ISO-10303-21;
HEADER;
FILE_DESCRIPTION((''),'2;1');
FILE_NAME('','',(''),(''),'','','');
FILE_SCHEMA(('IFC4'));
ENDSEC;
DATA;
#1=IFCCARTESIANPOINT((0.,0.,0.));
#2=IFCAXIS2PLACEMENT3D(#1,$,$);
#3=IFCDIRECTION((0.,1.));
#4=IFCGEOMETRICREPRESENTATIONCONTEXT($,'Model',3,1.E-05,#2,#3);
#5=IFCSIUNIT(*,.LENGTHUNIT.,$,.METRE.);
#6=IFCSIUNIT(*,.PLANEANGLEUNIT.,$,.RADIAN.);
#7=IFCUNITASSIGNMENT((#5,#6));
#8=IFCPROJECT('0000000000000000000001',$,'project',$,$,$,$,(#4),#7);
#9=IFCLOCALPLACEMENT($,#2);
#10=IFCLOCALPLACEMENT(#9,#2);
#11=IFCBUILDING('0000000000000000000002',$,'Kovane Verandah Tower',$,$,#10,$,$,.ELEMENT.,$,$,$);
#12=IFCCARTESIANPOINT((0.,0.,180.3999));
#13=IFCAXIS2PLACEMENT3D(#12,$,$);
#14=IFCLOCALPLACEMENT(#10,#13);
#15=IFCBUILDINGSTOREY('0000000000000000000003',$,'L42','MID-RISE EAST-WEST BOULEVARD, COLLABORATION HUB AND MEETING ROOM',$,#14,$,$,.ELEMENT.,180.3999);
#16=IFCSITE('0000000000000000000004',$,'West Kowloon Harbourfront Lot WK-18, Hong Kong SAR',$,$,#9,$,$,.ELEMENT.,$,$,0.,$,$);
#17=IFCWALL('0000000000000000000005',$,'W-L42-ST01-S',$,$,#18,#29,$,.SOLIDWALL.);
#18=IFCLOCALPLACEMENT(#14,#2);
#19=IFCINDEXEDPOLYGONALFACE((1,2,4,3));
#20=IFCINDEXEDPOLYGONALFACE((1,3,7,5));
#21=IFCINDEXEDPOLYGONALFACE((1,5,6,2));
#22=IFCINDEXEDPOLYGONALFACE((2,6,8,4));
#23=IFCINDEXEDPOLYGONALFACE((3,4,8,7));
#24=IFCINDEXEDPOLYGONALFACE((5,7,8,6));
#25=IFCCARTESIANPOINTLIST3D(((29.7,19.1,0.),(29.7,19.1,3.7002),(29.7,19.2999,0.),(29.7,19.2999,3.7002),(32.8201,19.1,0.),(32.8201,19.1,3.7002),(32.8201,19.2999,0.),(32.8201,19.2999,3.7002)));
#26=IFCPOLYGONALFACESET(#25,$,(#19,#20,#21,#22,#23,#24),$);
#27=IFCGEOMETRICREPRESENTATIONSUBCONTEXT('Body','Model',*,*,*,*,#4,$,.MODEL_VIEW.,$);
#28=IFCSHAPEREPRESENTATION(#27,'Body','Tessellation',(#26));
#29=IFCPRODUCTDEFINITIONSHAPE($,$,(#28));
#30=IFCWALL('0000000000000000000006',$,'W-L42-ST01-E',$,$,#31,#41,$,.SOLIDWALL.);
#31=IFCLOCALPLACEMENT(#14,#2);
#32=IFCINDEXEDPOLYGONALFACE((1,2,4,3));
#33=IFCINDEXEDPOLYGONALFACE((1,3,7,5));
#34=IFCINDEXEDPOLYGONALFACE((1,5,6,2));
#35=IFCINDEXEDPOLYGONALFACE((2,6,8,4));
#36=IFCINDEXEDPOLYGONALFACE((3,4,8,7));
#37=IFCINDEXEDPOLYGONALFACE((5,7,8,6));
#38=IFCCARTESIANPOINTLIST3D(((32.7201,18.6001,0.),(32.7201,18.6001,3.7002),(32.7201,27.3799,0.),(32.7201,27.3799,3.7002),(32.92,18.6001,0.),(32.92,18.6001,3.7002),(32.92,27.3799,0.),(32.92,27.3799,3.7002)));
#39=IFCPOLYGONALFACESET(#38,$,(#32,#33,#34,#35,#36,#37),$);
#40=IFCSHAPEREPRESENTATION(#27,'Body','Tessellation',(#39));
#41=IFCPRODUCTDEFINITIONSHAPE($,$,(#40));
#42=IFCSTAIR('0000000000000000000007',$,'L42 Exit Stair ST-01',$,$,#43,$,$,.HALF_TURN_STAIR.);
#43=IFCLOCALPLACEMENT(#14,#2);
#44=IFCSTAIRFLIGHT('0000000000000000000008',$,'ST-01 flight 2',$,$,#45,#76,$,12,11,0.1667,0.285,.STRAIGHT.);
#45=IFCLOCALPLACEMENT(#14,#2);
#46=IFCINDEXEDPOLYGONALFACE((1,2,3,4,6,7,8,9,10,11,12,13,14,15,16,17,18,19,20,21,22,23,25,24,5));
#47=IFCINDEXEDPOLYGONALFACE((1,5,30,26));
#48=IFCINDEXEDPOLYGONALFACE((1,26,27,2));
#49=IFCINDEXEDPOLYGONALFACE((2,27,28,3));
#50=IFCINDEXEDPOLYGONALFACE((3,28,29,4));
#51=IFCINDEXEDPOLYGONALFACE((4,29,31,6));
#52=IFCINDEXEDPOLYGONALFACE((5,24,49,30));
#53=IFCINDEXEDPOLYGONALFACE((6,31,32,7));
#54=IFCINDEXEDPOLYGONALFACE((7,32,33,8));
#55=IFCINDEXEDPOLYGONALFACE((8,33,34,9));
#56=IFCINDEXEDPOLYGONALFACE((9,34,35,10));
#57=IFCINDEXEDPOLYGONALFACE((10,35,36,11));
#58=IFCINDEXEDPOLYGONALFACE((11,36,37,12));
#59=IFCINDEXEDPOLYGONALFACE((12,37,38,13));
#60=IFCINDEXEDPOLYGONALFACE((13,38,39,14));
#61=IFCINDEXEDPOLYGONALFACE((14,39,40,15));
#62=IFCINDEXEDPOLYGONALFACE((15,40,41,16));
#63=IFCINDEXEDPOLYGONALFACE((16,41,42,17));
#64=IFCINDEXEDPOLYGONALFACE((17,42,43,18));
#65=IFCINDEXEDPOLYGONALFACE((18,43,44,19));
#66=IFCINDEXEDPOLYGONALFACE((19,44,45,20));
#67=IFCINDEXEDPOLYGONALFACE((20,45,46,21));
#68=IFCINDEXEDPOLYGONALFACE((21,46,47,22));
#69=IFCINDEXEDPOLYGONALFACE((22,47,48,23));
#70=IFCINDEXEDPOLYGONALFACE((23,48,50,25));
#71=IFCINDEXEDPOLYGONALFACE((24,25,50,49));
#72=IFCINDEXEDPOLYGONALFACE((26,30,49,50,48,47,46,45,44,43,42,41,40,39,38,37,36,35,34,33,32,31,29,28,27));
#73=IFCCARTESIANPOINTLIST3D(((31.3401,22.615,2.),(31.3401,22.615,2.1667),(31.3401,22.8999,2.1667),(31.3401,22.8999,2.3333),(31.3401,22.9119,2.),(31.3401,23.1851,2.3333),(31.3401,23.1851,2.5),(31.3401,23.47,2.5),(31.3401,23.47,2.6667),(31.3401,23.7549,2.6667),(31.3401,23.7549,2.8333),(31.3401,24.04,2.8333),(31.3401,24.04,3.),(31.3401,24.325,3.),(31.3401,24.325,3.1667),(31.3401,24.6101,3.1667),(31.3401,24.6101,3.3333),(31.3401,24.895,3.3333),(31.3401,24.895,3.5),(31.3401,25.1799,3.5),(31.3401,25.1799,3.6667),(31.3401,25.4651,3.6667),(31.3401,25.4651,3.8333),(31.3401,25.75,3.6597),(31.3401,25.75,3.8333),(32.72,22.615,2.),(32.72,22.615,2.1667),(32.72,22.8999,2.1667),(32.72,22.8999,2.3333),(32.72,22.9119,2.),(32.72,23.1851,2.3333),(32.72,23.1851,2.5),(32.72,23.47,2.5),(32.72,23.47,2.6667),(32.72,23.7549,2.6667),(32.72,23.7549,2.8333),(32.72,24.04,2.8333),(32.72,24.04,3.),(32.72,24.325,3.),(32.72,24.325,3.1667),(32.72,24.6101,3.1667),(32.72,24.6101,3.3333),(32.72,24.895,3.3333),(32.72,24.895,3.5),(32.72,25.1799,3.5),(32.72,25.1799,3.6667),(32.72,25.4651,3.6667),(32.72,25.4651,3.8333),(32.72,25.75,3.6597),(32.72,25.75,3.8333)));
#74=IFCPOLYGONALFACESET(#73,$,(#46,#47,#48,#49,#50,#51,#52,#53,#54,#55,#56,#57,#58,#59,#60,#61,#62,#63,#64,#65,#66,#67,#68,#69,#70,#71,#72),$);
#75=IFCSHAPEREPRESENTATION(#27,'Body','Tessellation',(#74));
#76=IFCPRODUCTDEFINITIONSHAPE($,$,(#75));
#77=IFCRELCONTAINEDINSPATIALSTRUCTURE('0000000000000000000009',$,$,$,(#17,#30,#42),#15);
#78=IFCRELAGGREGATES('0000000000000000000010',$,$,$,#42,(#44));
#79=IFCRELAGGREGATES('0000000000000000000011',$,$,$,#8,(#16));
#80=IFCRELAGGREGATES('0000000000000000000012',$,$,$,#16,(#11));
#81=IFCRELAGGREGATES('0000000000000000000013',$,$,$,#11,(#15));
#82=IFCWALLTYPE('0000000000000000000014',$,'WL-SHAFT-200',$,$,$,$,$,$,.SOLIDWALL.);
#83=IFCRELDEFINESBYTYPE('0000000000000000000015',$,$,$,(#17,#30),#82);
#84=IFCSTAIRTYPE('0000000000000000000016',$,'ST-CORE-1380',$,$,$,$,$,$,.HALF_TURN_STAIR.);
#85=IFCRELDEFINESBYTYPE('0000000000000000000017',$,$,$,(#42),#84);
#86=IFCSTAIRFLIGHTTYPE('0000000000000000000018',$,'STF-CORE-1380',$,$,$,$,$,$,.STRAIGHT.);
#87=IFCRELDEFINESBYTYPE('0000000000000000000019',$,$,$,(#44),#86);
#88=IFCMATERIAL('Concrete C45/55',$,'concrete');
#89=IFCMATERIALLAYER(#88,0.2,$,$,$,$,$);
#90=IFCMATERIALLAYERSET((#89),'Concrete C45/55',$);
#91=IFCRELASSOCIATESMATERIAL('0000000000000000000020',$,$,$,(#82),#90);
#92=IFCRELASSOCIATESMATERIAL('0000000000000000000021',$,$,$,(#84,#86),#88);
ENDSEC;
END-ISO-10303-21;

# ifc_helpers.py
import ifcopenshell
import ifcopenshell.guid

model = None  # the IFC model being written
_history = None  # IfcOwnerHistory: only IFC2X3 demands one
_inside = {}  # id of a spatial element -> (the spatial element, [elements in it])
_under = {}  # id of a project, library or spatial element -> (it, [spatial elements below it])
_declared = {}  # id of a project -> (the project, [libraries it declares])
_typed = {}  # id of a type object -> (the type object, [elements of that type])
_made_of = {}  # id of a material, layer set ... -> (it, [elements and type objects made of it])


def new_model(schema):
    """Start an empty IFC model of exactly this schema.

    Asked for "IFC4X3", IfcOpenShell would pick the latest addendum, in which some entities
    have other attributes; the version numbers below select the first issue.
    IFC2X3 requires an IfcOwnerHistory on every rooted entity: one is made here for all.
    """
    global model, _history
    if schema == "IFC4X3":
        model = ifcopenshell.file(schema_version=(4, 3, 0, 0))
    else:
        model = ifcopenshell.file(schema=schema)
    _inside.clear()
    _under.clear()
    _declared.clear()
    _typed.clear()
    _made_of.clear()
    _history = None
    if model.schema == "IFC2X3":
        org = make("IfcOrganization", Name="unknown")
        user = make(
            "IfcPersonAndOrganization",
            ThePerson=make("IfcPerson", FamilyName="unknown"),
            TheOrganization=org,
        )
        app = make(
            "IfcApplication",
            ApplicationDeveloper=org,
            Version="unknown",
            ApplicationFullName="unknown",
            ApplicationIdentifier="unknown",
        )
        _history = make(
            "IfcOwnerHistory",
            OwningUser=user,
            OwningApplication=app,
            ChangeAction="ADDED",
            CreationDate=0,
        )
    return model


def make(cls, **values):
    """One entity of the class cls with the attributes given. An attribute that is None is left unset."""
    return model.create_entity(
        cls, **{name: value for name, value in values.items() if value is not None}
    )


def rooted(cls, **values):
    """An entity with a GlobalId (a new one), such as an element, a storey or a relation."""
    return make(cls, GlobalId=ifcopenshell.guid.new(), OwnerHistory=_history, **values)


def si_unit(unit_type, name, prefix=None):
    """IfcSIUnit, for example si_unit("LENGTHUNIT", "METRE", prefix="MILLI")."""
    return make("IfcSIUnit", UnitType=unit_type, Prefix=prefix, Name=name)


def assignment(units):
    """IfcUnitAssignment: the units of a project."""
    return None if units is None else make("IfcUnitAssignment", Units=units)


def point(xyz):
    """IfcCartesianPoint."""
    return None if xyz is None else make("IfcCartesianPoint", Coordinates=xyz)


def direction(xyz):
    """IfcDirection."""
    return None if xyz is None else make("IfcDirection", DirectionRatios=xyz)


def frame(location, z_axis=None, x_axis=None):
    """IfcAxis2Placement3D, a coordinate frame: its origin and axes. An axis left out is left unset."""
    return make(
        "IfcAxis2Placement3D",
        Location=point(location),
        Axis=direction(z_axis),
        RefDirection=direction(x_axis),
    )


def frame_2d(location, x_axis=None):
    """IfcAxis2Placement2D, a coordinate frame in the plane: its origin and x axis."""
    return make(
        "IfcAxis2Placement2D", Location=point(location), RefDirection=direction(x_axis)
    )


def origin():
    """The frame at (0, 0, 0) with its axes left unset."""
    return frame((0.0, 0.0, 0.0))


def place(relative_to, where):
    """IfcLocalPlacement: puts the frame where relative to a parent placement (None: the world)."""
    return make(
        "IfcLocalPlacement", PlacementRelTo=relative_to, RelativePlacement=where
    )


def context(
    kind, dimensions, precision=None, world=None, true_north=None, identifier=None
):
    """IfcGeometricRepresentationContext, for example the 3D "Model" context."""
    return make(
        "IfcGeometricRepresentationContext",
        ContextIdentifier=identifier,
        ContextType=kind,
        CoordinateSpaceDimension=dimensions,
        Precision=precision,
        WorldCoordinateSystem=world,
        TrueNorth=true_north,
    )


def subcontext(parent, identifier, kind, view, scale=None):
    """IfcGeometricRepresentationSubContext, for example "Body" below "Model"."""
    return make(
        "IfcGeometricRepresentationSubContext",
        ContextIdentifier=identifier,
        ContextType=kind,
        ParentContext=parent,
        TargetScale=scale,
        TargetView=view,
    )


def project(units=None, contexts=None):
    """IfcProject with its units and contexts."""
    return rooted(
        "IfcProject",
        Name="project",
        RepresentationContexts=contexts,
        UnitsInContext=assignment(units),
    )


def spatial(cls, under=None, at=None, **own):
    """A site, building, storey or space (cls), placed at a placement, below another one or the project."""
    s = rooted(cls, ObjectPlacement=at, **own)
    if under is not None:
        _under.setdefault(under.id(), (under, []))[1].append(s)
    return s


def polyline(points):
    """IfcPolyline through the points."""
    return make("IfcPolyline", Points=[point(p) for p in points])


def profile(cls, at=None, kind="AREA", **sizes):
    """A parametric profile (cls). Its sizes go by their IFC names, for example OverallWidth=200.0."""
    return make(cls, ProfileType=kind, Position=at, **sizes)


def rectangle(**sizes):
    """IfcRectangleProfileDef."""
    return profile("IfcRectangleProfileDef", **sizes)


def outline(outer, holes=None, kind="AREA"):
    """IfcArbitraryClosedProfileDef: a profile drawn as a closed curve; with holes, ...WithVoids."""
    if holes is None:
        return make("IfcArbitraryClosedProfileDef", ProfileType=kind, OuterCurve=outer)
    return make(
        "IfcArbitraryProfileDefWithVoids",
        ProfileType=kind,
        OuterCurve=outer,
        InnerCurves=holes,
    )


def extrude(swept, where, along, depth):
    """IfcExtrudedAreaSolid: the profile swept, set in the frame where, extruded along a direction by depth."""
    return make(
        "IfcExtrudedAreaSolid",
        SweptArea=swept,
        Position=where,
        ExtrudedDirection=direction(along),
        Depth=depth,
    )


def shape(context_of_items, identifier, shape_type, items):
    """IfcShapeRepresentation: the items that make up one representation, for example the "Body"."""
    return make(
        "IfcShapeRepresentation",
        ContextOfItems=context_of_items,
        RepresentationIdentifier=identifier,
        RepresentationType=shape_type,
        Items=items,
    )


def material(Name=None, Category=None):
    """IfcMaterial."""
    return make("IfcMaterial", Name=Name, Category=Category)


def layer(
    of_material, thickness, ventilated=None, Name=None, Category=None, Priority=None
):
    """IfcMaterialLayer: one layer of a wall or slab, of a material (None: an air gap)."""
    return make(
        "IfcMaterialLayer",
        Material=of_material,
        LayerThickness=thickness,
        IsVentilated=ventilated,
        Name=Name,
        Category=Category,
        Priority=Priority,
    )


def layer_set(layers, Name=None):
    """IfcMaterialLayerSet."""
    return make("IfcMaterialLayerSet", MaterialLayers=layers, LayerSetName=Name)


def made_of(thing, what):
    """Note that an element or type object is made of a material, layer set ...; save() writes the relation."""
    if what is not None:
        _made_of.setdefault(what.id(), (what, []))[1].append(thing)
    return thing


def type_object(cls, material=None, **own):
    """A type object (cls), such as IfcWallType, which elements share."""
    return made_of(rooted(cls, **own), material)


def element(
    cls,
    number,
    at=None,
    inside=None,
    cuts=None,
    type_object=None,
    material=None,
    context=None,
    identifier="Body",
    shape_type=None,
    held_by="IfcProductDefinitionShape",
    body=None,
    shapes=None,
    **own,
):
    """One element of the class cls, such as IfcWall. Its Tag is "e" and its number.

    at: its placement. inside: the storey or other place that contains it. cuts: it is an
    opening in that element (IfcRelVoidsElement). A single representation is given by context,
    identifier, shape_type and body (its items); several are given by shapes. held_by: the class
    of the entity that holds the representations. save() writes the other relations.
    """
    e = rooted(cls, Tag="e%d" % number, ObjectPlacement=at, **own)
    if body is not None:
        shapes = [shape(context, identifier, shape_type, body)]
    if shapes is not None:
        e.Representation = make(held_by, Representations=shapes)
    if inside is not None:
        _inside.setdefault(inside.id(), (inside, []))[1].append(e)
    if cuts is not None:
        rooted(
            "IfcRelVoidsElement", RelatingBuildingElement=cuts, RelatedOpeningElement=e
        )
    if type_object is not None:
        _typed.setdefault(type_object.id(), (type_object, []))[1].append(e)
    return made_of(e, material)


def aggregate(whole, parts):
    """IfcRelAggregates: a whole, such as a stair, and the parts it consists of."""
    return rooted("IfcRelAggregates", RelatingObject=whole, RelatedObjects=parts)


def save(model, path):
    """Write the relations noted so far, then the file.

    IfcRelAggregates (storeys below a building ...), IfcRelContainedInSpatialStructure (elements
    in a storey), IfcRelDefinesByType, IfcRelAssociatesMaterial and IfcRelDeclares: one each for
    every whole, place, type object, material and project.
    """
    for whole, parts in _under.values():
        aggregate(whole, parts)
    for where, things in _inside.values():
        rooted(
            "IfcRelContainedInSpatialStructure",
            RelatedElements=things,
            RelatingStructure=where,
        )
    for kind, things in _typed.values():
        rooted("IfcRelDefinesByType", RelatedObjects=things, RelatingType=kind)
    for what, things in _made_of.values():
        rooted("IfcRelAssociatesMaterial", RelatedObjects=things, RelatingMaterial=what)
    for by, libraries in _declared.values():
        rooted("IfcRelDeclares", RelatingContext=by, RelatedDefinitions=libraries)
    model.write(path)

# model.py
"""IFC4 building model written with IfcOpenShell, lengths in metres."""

from ifc_helpers import new_model, si_unit, direction, frame, frame_2d, origin, place, context, subcontext, project, spatial, polyline, rectangle, outline, extrude, material, layer, layer_set, type_object, element, aggregate, save


model = new_model("IFC4")

# Units and contexts
model_context = context("Model", 3, precision=1e-05, world=origin(), true_north=direction((0.0, 1.0)))
body_context = subcontext(model_context, "Body", "Model", "MODEL_VIEW")
ifc_project = project(units=[si_unit("LENGTHUNIT", "METRE"), si_unit("PLANEANGLEUNIT", "RADIAN")], contexts=[model_context])

# Site, building, storey
site_placement = place(None, origin())
site = spatial("IfcSite", under=ifc_project, at=site_placement, Name="West Kowloon Harbourfront Lot WK-18, Hong Kong SAR", CompositionType="ELEMENT", RefElevation=0.0)
building_placement = place(site_placement, origin())
building = spatial("IfcBuilding", under=site, at=building_placement, Name="Kovane Verandah Tower", CompositionType="ELEMENT")
storey_placement = place(building_placement, frame((0.0, 0.0, 180.3999)))
storey = spatial("IfcBuildingStorey", under=building, at=storey_placement, Name="L42", Description="MID-RISE EAST-WEST BOULEVARD, COLLABORATION HUB AND MEETING ROOM", CompositionType="ELEMENT", Elevation=180.3999)

# Walls
ifc_material_1 = material(Name="Concrete C45/55", Category="concrete")
ifc_layer_1 = layer(ifc_material_1, 0.2)
ifc_layer_set_1 = layer_set([ifc_layer_1], Name="Concrete C45/55")
wall_type_1 = type_object("IfcWallType", Name="WL-SHAFT-200", PredefinedType="SOLIDWALL", material=ifc_layer_set_1)
wall_1_placement = place(storey_placement, frame((29.7, 19.2, 0.0), z_axis=(0.0, 0.0, 1.0), x_axis=(1.0, 0.0, 0.0)))
element("IfcWall", 1, at=wall_1_placement, inside=storey, type_object=wall_type_1, Name="W-L42-ST01-S", PredefinedType="SOLIDWALL", context=body_context, shape_type="SweptSolid", body=[
    extrude(rectangle(XDim=3.1201, YDim=0.2, at=frame_2d((1.5601, 0.0))), origin(), (0.0, 0.0, 1.0), 3.7002),
])
wall_2_placement = place(storey_placement, frame((32.8201, 18.6001, 0.0), z_axis=(0.0, 0.0, 1.0), x_axis=(0.0, 1.0, 0.0)))
element("IfcWall", 2, at=wall_2_placement, inside=storey, type_object=wall_type_1, Name="W-L42-ST01-E", PredefinedType="SOLIDWALL", context=body_context, shape_type="SweptSolid", body=[
    extrude(rectangle(XDim=8.7798, YDim=0.2, at=frame_2d((4.3899, 0.0))), origin(), (0.0, 0.0, 1.0), 3.7002),
])

# Stair, stair flight
stair_type = type_object("IfcStairType", Name="ST-CORE-1380", PredefinedType="HALF_TURN_STAIR", material=ifc_material_1)
stair_placement = place(storey_placement, origin())
stair = element("IfcStair", 3, at=stair_placement, inside=storey, type_object=stair_type, Name="L42 Exit Stair ST-01", PredefinedType="HALF_TURN_STAIR")
stair_flight_type = type_object("IfcStairFlightType", Name="STF-CORE-1380", PredefinedType="STRAIGHT", material=ifc_material_1)
stair_flight_placement = place(storey_placement, frame((32.03, 22.615, 2.0), z_axis=(0.0, 0.0, 1.0), x_axis=(0.0, 1.0, 0.0)))
stair_flight = element("IfcStairFlight", 4, at=stair_flight_placement, type_object=stair_flight_type, Name="ST-01 flight 2", NumberOfRisers=12, NumberOfTreads=11, PredefinedType="STRAIGHT", RiserHeight=0.1667, TreadLength=0.285, context=body_context, shape_type="SweptSolid", body=[
    extrude(outline(polyline([(0.0, 0.0), (0.0, 0.1667), (0.2849, 0.1667), (0.2849, 0.3333), (0.5701, 0.3333), (0.5701, 0.5), (0.855, 0.5), (0.855, 0.6667), (1.1399, 0.6667), (1.1399, 0.8333), (1.425, 0.8333), (1.425, 1.0), (1.71, 1.0), (1.71, 1.1667), (1.9951, 1.1667), (1.9951, 1.3333), (2.28, 1.3333), (2.28, 1.5), (2.5649, 1.5), (2.5649, 1.6667), (2.8501, 1.6667), (2.8501, 1.8333), (3.135, 1.8333), (3.135, 2.0), (3.135, 1.6597), (0.2969, 0.0), (0.0, 0.0)])), frame((0.0, 0.6899, 0.0), z_axis=(0.0, -1.0, 0.0), x_axis=(1.0, 0.0, 0.0)), (0.0, 0.0, 1.0), 1.3799),
])
aggregate(stair, [stair_flight])

save(model, "model.ifc")
